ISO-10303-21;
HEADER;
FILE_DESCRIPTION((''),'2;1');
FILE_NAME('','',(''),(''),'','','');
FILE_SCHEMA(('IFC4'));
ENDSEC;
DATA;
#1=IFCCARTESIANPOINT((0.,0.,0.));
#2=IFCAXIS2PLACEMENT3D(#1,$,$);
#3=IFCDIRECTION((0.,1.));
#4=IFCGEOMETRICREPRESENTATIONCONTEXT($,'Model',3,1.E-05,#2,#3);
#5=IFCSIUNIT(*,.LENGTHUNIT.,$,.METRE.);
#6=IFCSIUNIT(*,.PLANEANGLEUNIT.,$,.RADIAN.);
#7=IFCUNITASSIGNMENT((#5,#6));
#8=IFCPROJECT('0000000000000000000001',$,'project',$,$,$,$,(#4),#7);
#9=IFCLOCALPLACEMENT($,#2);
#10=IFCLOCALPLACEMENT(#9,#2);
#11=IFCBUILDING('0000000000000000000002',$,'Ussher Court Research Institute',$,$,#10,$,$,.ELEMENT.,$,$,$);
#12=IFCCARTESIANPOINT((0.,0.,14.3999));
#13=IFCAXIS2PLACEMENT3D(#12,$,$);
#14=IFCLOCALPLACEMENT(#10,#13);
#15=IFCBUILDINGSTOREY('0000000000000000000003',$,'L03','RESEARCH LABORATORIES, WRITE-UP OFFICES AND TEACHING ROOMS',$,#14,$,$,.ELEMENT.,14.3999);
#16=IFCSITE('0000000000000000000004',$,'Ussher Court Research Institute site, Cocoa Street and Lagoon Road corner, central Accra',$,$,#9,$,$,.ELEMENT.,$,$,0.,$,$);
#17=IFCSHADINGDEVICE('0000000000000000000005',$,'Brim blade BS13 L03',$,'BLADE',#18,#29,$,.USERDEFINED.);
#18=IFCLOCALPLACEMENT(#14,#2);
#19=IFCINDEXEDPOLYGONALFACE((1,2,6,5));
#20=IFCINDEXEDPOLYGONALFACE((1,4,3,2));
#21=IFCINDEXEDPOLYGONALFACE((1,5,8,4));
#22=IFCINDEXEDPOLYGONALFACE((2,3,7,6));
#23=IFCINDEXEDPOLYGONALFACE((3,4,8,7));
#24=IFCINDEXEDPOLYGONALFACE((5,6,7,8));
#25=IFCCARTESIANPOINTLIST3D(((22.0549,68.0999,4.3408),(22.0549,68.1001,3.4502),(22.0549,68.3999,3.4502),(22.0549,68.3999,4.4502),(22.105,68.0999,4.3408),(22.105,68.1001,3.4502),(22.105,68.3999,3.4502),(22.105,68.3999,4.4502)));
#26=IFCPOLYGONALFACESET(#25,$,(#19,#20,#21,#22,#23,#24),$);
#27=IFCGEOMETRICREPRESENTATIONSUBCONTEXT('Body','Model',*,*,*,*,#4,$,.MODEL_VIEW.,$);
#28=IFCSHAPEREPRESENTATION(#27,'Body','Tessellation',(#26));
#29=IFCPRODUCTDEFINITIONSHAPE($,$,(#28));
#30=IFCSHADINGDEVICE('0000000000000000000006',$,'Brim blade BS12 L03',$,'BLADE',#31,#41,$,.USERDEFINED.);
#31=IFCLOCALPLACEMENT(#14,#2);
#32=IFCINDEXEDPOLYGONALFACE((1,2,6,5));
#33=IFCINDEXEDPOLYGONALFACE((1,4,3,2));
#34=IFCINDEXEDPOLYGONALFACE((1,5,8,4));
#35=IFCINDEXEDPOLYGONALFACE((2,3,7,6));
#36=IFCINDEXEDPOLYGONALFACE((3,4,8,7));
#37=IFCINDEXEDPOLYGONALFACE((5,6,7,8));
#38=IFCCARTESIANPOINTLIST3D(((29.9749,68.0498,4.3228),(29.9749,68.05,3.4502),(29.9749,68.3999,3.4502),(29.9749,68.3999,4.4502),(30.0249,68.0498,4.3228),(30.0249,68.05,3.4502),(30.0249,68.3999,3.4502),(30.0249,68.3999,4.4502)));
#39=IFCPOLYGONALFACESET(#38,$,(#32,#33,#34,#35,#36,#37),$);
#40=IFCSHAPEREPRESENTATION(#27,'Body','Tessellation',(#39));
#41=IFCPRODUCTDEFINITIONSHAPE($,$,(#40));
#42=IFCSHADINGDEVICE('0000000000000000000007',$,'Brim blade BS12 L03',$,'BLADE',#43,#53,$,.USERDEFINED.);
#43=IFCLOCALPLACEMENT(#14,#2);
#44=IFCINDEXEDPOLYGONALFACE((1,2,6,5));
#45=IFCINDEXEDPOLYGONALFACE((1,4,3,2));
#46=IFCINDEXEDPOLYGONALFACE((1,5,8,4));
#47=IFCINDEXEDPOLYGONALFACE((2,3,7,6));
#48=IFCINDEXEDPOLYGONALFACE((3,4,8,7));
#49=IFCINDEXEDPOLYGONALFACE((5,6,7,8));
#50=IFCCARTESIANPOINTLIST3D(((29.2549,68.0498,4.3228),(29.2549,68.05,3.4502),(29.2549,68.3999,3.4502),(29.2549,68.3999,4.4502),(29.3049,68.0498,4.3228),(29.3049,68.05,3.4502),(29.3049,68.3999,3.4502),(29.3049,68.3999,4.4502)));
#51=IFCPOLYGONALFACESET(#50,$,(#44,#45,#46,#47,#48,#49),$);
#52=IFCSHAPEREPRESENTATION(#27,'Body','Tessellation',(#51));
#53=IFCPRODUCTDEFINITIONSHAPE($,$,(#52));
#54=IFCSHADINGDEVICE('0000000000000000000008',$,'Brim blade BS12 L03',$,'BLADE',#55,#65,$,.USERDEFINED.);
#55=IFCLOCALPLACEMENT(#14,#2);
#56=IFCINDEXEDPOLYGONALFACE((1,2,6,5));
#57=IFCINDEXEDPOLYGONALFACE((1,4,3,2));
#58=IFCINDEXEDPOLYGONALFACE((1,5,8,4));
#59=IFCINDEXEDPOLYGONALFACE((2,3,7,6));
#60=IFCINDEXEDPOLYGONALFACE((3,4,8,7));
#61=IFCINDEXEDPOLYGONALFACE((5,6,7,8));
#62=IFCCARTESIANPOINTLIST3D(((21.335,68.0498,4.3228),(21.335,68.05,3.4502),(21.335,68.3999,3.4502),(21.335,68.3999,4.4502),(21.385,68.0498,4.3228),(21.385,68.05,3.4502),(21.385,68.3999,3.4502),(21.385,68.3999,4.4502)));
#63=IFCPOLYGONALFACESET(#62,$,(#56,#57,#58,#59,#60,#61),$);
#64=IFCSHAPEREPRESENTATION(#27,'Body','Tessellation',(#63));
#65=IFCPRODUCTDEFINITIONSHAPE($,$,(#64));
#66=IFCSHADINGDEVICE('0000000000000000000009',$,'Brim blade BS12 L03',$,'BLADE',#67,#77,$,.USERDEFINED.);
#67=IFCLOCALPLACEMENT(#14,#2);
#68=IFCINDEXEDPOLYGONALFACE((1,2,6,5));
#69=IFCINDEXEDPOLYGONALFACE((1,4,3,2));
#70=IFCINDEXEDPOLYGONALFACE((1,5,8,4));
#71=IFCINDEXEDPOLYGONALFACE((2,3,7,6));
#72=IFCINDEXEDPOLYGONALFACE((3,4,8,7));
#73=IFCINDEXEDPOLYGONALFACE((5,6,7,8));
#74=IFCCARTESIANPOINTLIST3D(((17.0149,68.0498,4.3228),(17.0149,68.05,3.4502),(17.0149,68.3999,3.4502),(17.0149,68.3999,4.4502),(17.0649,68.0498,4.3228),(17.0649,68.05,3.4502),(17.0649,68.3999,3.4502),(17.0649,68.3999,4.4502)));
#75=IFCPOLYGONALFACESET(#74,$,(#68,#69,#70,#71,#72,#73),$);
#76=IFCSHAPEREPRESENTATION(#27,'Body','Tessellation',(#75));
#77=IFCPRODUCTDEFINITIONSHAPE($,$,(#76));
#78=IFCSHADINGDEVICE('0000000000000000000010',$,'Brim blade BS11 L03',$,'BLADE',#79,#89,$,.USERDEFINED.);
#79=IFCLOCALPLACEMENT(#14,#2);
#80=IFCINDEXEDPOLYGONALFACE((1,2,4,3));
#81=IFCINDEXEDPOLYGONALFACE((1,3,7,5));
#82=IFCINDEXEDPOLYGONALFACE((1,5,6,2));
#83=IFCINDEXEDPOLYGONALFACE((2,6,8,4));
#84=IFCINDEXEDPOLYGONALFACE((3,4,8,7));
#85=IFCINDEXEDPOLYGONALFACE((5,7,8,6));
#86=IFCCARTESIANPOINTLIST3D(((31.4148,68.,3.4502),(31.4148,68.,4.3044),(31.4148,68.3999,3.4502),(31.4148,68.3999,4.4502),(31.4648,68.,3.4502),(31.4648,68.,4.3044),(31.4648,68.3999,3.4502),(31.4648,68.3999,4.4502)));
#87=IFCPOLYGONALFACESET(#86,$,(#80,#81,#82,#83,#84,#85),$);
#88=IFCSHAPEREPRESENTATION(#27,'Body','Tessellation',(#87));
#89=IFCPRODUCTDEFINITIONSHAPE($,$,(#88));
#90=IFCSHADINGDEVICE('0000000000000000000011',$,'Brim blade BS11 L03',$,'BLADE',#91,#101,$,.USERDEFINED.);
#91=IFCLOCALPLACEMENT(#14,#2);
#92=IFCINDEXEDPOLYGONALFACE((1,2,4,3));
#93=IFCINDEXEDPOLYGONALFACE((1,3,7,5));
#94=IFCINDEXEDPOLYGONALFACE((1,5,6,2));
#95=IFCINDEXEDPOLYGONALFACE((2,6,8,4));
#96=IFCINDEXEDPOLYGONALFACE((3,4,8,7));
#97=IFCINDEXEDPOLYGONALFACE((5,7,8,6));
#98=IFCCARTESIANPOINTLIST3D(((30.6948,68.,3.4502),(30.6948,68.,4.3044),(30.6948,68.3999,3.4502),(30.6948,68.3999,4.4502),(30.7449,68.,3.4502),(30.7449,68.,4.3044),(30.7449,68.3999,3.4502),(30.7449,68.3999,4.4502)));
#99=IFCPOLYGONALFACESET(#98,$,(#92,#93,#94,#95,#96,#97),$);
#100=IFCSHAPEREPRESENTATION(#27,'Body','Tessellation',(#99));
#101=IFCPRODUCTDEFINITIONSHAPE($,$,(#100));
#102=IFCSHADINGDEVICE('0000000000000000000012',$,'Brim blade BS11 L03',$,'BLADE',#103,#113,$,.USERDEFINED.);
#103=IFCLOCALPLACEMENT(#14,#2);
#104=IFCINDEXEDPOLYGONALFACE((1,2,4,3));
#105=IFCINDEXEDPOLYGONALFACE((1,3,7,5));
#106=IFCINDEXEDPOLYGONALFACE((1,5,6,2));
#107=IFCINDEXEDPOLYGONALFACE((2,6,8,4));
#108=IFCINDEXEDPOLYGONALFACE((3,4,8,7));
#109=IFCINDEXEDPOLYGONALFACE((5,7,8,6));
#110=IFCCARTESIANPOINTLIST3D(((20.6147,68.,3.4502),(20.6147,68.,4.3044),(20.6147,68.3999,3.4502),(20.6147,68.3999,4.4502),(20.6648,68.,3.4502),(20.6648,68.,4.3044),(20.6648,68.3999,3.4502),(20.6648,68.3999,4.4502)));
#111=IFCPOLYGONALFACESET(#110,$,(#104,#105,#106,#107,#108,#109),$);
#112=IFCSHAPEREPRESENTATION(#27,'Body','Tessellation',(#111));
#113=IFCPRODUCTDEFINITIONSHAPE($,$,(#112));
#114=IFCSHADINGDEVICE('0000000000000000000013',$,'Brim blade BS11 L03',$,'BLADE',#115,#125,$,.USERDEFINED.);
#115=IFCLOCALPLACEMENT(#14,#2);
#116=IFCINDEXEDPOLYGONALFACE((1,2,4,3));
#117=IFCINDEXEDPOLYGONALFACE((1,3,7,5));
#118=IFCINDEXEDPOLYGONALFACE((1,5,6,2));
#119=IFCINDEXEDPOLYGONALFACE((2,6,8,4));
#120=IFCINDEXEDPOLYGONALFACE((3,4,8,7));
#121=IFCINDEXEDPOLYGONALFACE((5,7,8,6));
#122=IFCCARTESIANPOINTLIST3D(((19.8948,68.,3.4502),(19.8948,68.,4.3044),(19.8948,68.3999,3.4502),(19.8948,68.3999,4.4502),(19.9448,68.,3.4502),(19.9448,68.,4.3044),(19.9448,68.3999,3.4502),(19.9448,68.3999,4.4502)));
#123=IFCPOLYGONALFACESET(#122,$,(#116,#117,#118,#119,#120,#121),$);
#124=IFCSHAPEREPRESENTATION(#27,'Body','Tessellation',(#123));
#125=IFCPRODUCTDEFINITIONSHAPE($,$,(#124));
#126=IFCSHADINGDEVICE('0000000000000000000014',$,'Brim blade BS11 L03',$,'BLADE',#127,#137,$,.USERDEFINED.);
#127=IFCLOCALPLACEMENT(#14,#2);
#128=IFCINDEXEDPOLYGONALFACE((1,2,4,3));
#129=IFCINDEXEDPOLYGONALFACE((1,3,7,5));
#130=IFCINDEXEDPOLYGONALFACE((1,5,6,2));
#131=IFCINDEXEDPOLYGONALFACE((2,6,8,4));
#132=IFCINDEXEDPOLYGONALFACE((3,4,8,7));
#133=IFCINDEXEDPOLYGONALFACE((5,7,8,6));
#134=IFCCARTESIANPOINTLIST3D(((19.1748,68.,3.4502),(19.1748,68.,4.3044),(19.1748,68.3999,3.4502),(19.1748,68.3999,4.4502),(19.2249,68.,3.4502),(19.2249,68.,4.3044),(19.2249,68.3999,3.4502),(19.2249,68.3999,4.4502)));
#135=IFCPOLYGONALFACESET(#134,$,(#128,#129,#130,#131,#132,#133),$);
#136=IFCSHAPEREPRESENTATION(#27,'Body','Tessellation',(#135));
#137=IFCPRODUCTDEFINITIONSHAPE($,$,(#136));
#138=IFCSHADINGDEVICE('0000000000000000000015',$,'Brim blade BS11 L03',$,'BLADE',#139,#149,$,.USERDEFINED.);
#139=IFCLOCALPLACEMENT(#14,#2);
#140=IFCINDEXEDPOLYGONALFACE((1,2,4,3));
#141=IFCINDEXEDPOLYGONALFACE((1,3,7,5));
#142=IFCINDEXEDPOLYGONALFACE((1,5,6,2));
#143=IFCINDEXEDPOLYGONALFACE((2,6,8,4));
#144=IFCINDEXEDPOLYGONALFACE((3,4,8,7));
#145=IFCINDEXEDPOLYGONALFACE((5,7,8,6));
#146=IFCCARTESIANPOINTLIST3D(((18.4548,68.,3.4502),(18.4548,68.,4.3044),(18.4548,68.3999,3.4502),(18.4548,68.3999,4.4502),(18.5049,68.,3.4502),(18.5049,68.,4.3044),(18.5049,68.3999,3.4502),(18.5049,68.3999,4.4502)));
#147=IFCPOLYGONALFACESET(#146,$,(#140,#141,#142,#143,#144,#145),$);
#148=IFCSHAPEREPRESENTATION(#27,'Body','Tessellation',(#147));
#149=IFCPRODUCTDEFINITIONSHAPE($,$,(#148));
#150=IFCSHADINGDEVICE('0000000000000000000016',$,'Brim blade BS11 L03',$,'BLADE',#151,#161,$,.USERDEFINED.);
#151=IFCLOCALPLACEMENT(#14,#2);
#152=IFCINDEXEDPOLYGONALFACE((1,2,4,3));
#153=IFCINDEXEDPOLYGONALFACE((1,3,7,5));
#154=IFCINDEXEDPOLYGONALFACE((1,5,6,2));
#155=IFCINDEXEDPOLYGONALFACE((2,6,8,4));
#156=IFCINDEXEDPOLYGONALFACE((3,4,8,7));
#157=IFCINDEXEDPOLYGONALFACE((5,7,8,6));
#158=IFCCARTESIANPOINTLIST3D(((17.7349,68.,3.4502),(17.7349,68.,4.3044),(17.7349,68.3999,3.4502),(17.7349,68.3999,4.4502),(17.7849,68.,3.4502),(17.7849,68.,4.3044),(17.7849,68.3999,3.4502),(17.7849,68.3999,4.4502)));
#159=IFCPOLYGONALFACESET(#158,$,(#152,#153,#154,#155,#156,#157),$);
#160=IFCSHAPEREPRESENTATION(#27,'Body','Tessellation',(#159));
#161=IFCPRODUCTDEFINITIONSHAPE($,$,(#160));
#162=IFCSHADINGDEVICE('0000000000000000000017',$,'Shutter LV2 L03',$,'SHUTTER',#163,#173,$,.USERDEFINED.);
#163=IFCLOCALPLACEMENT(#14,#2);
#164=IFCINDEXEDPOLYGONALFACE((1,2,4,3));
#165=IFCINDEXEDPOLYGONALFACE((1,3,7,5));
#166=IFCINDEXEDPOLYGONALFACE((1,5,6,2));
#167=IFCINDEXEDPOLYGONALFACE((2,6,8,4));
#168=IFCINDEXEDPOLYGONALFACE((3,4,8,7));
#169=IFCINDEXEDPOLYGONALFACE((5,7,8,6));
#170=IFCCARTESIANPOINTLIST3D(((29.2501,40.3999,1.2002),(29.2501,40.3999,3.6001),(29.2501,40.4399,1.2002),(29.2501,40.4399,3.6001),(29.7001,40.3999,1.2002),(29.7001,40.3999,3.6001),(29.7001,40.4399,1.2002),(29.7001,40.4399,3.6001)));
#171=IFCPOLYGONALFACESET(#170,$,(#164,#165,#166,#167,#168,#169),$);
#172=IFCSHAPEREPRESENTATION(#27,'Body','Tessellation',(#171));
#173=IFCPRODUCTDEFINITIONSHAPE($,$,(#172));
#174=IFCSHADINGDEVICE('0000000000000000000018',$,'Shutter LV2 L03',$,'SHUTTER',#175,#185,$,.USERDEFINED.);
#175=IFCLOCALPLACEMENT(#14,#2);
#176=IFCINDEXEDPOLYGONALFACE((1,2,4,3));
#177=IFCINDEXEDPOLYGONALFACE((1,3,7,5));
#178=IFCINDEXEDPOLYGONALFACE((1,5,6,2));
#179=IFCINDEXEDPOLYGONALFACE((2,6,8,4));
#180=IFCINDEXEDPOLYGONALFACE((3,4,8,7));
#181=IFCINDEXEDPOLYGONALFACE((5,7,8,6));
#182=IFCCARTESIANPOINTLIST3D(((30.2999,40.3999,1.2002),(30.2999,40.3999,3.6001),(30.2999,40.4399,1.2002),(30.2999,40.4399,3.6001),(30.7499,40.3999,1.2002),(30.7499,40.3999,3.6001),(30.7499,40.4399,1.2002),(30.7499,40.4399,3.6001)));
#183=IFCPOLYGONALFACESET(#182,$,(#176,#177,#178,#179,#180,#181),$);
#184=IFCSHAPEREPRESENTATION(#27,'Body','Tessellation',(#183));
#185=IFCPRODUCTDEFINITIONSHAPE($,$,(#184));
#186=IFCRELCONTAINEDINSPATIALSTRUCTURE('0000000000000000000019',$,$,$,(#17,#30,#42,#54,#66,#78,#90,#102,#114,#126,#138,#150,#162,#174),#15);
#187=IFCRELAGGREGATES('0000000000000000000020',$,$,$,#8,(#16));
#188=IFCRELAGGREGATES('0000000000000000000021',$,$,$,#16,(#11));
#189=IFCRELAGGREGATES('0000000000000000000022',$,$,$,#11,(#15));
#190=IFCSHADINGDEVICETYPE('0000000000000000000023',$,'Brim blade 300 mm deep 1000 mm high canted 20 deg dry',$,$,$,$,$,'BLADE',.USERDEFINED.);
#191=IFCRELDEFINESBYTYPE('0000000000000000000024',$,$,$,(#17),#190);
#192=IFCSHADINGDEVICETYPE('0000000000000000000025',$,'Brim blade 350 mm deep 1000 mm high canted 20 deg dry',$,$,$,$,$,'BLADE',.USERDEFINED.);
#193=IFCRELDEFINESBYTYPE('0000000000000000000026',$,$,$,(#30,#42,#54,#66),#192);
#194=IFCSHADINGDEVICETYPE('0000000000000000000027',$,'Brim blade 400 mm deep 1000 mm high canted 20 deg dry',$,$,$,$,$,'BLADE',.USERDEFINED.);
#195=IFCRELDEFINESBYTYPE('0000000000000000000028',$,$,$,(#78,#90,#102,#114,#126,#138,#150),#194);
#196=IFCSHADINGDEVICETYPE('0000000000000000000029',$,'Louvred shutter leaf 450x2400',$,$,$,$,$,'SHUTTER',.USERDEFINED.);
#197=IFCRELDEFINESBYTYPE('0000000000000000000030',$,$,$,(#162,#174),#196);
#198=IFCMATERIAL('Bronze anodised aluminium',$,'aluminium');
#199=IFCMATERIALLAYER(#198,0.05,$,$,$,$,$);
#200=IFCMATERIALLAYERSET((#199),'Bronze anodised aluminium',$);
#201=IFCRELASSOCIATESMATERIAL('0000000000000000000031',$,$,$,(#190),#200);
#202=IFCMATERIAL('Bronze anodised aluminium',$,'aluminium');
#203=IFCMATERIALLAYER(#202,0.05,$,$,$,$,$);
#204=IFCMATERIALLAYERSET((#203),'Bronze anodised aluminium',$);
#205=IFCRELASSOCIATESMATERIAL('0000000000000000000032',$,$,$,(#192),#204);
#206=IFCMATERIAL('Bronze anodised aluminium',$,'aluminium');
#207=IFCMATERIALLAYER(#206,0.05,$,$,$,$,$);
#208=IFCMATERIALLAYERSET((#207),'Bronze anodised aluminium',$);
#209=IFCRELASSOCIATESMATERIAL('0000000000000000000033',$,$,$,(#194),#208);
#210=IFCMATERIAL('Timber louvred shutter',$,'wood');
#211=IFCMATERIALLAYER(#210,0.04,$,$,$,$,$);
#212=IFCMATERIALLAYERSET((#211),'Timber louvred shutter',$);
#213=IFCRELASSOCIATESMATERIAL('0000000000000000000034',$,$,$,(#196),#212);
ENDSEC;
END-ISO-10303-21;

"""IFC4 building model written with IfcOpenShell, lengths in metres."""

from ifc_helpers import new_model, si_unit, direction, frame, origin, origin_2d, place, context, subcontext, project, spatial, polyline, rectangle, outline, extrude, material, layer, layer_set, type_object, element, save


model = new_model("IFC4")

# Units and contexts
model_context = context("Model", 3, precision=1e-05, world=origin(), true_north=direction((0.0, 1.0)))
body_context = subcontext(model_context, "Body", "Model", "MODEL_VIEW")
ifc_project = project(units=[si_unit("LENGTHUNIT", "METRE"), si_unit("PLANEANGLEUNIT", "RADIAN")], contexts=[model_context])

# Site, building, storey
site_placement = place(None, origin())
site = spatial("IfcSite", under=ifc_project, at=site_placement, Name="Ussher Court Research Institute site, Cocoa Street and Lagoon Road corner, central Accra", CompositionType="ELEMENT", RefElevation=0.0)
building_placement = place(site_placement, origin())
building = spatial("IfcBuilding", under=site, at=building_placement, Name="Ussher Court Research Institute", CompositionType="ELEMENT")
storey_placement = place(building_placement, frame((0.0, 0.0, 14.3999)))
storey = spatial("IfcBuildingStorey", under=building, at=storey_placement, Name="L03", Description="RESEARCH LABORATORIES, WRITE-UP OFFICES AND TEACHING ROOMS", CompositionType="ELEMENT", Elevation=14.3999)

# Shading devices
ifc_material_1 = material(Name="Bronze anodised aluminium", Category="aluminium")
ifc_layer_1 = layer(ifc_material_1, 0.05)
ifc_layer_set_1 = layer_set([ifc_layer_1], Name="Bronze anodised aluminium")
shading_device_type_1 = type_object("IfcShadingDeviceType", Name="Brim blade 300 mm deep 1000 mm high canted 20 deg dry", ElementType="BLADE", PredefinedType="USERDEFINED", material=ifc_layer_set_1)
for number, where, z_axis, x_axis, name in (
    (1, (22.0801, 68.3999, 3.4502), (0.0, 0.0, 1.0), (0.0, -1.0, 0.0), "Brim blade BS13 L03"),
):
    element("IfcShadingDevice", number, at=place(storey_placement, frame(where, z_axis=z_axis, x_axis=x_axis)), inside=storey, type_object=shading_device_type_1, Name=name, ObjectType="BLADE", PredefinedType="USERDEFINED", context=body_context, shape_type="SweptSolid", body=[
        extrude(outline(polyline([(0.0, 0.0), (0.2998, 0.0), (0.3, 0.8906), (0.0, 1.0), (0.0, 0.0)])), frame((0.0, 0.0249, 0.0), z_axis=(0.0, -1.0, 0.0), x_axis=(1.0, 0.0, 0.0)), (0.0, 0.0, 1.0), 0.05),
    ])
ifc_material_2 = material(Name="Bronze anodised aluminium", Category="aluminium")
ifc_layer_2 = layer(ifc_material_2, 0.05)
ifc_layer_set_2 = layer_set([ifc_layer_2], Name="Bronze anodised aluminium")
shading_device_type_2 = type_object("IfcShadingDeviceType", Name="Brim blade 350 mm deep 1000 mm high canted 20 deg dry", ElementType="BLADE", PredefinedType="USERDEFINED", material=ifc_layer_set_2)
for number, where, z_axis, x_axis, name in (
    (2, (30.0, 68.3999, 3.4502), (0.0, 0.0, 1.0), (0.0, -1.0, 0.0), "Brim blade BS12 L03"),
    (3, (29.28, 68.3999, 3.4502), (0.0, 0.0, 1.0), (0.0, -1.0, 0.0), "Brim blade BS12 L03"),
    (4, (21.3601, 68.3999, 3.4502), (0.0, 0.0, 1.0), (0.0, -1.0, 0.0), "Brim blade BS12 L03"),
    (5, (17.04, 68.3999, 3.4502), (0.0, 0.0, 1.0), (0.0, -1.0, 0.0), "Brim blade BS12 L03"),
):
    element("IfcShadingDevice", number, at=place(storey_placement, frame(where, z_axis=z_axis, x_axis=x_axis)), inside=storey, type_object=shading_device_type_2, Name=name, ObjectType="BLADE", PredefinedType="USERDEFINED", context=body_context, shape_type="SweptSolid", body=[
        extrude(outline(polyline([(0.0, 0.0), (0.3499, 0.0), (0.3501, 0.8726), (0.0, 1.0), (0.0, 0.0)])), frame((0.0, 0.0249, 0.0), z_axis=(0.0, -1.0, 0.0), x_axis=(1.0, 0.0, 0.0)), (0.0, 0.0, 1.0), 0.05),
    ])
ifc_material_3 = material(Name="Bronze anodised aluminium", Category="aluminium")
ifc_layer_3 = layer(ifc_material_3, 0.05)
ifc_layer_set_3 = layer_set([ifc_layer_3], Name="Bronze anodised aluminium")
shading_device_type_3 = type_object("IfcShadingDeviceType", Name="Brim blade 400 mm deep 1000 mm high canted 20 deg dry", ElementType="BLADE", PredefinedType="USERDEFINED", material=ifc_layer_set_3)
for number, where, z_axis, x_axis, name in (
    (6, (31.4399, 68.3999, 3.4502), (0.0, 0.0, 1.0), (0.0, -1.0, 0.0), "Brim blade BS11 L03"),
    (7, (30.72, 68.3999, 3.4502), (0.0, 0.0, 1.0), (0.0, -1.0, 0.0), "Brim blade BS11 L03"),
    (8, (20.6399, 68.3999, 3.4502), (0.0, 0.0, 1.0), (0.0, -1.0, 0.0), "Brim blade BS11 L03"),
    (9, (19.9199, 68.3999, 3.4502), (0.0, 0.0, 1.0), (0.0, -1.0, 0.0), "Brim blade BS11 L03"),
    (10, (19.2, 68.3999, 3.4502), (0.0, 0.0, 1.0), (0.0, -1.0, 0.0), "Brim blade BS11 L03"),
    (11, (18.48, 68.3999, 3.4502), (0.0, 0.0, 1.0), (0.0, -1.0, 0.0), "Brim blade BS11 L03"),
    (12, (17.76, 68.3999, 3.4502), (0.0, 0.0, 1.0), (0.0, -1.0, 0.0), "Brim blade BS11 L03"),
):
    element("IfcShadingDevice", number, at=place(storey_placement, frame(where, z_axis=z_axis, x_axis=x_axis)), inside=storey, type_object=shading_device_type_3, Name=name, ObjectType="BLADE", PredefinedType="USERDEFINED", context=body_context, shape_type="SweptSolid", body=[
        extrude(outline(polyline([(0.0, 0.0), (0.3999, 0.0), (0.3999, 0.8542), (0.0, 1.0), (0.0, 0.0)])), frame((0.0, 0.0249, 0.0), z_axis=(0.0, -1.0, 0.0), x_axis=(1.0, 0.0, 0.0)), (0.0, 0.0, 1.0), 0.05),
    ])
ifc_material_4 = material(Name="Timber louvred shutter", Category="wood")
ifc_layer_4 = layer(ifc_material_4, 0.04)
ifc_layer_set_4 = layer_set([ifc_layer_4], Name="Timber louvred shutter")
shading_device_type_4 = type_object("IfcShadingDeviceType", Name="Louvred shutter leaf 450x2400", ElementType="SHUTTER", PredefinedType="USERDEFINED", material=ifc_layer_set_4)
for number, where, z_axis, x_axis, name in (
    (13, (29.4751, 40.4199, 1.2002), (0.0, 0.0, 1.0), (1.0, 0.0, 0.0), "Shutter LV2 L03"),
    (14, (30.5249, 40.4199, 1.2002), (0.0, 0.0, 1.0), (1.0, 0.0, 0.0), "Shutter LV2 L03"),
):
    element("IfcShadingDevice", number, at=place(storey_placement, frame(where, z_axis=z_axis, x_axis=x_axis)), inside=storey, type_object=shading_device_type_4, Name=name, ObjectType="SHUTTER", PredefinedType="USERDEFINED", context=body_context, shape_type="SweptSolid", body=[
        extrude(rectangle(XDim=0.45, YDim=0.04, at=origin_2d()), origin(), (0.0, 0.0, 1.0), 2.3999),
    ])

save(model, "model.ifc")
